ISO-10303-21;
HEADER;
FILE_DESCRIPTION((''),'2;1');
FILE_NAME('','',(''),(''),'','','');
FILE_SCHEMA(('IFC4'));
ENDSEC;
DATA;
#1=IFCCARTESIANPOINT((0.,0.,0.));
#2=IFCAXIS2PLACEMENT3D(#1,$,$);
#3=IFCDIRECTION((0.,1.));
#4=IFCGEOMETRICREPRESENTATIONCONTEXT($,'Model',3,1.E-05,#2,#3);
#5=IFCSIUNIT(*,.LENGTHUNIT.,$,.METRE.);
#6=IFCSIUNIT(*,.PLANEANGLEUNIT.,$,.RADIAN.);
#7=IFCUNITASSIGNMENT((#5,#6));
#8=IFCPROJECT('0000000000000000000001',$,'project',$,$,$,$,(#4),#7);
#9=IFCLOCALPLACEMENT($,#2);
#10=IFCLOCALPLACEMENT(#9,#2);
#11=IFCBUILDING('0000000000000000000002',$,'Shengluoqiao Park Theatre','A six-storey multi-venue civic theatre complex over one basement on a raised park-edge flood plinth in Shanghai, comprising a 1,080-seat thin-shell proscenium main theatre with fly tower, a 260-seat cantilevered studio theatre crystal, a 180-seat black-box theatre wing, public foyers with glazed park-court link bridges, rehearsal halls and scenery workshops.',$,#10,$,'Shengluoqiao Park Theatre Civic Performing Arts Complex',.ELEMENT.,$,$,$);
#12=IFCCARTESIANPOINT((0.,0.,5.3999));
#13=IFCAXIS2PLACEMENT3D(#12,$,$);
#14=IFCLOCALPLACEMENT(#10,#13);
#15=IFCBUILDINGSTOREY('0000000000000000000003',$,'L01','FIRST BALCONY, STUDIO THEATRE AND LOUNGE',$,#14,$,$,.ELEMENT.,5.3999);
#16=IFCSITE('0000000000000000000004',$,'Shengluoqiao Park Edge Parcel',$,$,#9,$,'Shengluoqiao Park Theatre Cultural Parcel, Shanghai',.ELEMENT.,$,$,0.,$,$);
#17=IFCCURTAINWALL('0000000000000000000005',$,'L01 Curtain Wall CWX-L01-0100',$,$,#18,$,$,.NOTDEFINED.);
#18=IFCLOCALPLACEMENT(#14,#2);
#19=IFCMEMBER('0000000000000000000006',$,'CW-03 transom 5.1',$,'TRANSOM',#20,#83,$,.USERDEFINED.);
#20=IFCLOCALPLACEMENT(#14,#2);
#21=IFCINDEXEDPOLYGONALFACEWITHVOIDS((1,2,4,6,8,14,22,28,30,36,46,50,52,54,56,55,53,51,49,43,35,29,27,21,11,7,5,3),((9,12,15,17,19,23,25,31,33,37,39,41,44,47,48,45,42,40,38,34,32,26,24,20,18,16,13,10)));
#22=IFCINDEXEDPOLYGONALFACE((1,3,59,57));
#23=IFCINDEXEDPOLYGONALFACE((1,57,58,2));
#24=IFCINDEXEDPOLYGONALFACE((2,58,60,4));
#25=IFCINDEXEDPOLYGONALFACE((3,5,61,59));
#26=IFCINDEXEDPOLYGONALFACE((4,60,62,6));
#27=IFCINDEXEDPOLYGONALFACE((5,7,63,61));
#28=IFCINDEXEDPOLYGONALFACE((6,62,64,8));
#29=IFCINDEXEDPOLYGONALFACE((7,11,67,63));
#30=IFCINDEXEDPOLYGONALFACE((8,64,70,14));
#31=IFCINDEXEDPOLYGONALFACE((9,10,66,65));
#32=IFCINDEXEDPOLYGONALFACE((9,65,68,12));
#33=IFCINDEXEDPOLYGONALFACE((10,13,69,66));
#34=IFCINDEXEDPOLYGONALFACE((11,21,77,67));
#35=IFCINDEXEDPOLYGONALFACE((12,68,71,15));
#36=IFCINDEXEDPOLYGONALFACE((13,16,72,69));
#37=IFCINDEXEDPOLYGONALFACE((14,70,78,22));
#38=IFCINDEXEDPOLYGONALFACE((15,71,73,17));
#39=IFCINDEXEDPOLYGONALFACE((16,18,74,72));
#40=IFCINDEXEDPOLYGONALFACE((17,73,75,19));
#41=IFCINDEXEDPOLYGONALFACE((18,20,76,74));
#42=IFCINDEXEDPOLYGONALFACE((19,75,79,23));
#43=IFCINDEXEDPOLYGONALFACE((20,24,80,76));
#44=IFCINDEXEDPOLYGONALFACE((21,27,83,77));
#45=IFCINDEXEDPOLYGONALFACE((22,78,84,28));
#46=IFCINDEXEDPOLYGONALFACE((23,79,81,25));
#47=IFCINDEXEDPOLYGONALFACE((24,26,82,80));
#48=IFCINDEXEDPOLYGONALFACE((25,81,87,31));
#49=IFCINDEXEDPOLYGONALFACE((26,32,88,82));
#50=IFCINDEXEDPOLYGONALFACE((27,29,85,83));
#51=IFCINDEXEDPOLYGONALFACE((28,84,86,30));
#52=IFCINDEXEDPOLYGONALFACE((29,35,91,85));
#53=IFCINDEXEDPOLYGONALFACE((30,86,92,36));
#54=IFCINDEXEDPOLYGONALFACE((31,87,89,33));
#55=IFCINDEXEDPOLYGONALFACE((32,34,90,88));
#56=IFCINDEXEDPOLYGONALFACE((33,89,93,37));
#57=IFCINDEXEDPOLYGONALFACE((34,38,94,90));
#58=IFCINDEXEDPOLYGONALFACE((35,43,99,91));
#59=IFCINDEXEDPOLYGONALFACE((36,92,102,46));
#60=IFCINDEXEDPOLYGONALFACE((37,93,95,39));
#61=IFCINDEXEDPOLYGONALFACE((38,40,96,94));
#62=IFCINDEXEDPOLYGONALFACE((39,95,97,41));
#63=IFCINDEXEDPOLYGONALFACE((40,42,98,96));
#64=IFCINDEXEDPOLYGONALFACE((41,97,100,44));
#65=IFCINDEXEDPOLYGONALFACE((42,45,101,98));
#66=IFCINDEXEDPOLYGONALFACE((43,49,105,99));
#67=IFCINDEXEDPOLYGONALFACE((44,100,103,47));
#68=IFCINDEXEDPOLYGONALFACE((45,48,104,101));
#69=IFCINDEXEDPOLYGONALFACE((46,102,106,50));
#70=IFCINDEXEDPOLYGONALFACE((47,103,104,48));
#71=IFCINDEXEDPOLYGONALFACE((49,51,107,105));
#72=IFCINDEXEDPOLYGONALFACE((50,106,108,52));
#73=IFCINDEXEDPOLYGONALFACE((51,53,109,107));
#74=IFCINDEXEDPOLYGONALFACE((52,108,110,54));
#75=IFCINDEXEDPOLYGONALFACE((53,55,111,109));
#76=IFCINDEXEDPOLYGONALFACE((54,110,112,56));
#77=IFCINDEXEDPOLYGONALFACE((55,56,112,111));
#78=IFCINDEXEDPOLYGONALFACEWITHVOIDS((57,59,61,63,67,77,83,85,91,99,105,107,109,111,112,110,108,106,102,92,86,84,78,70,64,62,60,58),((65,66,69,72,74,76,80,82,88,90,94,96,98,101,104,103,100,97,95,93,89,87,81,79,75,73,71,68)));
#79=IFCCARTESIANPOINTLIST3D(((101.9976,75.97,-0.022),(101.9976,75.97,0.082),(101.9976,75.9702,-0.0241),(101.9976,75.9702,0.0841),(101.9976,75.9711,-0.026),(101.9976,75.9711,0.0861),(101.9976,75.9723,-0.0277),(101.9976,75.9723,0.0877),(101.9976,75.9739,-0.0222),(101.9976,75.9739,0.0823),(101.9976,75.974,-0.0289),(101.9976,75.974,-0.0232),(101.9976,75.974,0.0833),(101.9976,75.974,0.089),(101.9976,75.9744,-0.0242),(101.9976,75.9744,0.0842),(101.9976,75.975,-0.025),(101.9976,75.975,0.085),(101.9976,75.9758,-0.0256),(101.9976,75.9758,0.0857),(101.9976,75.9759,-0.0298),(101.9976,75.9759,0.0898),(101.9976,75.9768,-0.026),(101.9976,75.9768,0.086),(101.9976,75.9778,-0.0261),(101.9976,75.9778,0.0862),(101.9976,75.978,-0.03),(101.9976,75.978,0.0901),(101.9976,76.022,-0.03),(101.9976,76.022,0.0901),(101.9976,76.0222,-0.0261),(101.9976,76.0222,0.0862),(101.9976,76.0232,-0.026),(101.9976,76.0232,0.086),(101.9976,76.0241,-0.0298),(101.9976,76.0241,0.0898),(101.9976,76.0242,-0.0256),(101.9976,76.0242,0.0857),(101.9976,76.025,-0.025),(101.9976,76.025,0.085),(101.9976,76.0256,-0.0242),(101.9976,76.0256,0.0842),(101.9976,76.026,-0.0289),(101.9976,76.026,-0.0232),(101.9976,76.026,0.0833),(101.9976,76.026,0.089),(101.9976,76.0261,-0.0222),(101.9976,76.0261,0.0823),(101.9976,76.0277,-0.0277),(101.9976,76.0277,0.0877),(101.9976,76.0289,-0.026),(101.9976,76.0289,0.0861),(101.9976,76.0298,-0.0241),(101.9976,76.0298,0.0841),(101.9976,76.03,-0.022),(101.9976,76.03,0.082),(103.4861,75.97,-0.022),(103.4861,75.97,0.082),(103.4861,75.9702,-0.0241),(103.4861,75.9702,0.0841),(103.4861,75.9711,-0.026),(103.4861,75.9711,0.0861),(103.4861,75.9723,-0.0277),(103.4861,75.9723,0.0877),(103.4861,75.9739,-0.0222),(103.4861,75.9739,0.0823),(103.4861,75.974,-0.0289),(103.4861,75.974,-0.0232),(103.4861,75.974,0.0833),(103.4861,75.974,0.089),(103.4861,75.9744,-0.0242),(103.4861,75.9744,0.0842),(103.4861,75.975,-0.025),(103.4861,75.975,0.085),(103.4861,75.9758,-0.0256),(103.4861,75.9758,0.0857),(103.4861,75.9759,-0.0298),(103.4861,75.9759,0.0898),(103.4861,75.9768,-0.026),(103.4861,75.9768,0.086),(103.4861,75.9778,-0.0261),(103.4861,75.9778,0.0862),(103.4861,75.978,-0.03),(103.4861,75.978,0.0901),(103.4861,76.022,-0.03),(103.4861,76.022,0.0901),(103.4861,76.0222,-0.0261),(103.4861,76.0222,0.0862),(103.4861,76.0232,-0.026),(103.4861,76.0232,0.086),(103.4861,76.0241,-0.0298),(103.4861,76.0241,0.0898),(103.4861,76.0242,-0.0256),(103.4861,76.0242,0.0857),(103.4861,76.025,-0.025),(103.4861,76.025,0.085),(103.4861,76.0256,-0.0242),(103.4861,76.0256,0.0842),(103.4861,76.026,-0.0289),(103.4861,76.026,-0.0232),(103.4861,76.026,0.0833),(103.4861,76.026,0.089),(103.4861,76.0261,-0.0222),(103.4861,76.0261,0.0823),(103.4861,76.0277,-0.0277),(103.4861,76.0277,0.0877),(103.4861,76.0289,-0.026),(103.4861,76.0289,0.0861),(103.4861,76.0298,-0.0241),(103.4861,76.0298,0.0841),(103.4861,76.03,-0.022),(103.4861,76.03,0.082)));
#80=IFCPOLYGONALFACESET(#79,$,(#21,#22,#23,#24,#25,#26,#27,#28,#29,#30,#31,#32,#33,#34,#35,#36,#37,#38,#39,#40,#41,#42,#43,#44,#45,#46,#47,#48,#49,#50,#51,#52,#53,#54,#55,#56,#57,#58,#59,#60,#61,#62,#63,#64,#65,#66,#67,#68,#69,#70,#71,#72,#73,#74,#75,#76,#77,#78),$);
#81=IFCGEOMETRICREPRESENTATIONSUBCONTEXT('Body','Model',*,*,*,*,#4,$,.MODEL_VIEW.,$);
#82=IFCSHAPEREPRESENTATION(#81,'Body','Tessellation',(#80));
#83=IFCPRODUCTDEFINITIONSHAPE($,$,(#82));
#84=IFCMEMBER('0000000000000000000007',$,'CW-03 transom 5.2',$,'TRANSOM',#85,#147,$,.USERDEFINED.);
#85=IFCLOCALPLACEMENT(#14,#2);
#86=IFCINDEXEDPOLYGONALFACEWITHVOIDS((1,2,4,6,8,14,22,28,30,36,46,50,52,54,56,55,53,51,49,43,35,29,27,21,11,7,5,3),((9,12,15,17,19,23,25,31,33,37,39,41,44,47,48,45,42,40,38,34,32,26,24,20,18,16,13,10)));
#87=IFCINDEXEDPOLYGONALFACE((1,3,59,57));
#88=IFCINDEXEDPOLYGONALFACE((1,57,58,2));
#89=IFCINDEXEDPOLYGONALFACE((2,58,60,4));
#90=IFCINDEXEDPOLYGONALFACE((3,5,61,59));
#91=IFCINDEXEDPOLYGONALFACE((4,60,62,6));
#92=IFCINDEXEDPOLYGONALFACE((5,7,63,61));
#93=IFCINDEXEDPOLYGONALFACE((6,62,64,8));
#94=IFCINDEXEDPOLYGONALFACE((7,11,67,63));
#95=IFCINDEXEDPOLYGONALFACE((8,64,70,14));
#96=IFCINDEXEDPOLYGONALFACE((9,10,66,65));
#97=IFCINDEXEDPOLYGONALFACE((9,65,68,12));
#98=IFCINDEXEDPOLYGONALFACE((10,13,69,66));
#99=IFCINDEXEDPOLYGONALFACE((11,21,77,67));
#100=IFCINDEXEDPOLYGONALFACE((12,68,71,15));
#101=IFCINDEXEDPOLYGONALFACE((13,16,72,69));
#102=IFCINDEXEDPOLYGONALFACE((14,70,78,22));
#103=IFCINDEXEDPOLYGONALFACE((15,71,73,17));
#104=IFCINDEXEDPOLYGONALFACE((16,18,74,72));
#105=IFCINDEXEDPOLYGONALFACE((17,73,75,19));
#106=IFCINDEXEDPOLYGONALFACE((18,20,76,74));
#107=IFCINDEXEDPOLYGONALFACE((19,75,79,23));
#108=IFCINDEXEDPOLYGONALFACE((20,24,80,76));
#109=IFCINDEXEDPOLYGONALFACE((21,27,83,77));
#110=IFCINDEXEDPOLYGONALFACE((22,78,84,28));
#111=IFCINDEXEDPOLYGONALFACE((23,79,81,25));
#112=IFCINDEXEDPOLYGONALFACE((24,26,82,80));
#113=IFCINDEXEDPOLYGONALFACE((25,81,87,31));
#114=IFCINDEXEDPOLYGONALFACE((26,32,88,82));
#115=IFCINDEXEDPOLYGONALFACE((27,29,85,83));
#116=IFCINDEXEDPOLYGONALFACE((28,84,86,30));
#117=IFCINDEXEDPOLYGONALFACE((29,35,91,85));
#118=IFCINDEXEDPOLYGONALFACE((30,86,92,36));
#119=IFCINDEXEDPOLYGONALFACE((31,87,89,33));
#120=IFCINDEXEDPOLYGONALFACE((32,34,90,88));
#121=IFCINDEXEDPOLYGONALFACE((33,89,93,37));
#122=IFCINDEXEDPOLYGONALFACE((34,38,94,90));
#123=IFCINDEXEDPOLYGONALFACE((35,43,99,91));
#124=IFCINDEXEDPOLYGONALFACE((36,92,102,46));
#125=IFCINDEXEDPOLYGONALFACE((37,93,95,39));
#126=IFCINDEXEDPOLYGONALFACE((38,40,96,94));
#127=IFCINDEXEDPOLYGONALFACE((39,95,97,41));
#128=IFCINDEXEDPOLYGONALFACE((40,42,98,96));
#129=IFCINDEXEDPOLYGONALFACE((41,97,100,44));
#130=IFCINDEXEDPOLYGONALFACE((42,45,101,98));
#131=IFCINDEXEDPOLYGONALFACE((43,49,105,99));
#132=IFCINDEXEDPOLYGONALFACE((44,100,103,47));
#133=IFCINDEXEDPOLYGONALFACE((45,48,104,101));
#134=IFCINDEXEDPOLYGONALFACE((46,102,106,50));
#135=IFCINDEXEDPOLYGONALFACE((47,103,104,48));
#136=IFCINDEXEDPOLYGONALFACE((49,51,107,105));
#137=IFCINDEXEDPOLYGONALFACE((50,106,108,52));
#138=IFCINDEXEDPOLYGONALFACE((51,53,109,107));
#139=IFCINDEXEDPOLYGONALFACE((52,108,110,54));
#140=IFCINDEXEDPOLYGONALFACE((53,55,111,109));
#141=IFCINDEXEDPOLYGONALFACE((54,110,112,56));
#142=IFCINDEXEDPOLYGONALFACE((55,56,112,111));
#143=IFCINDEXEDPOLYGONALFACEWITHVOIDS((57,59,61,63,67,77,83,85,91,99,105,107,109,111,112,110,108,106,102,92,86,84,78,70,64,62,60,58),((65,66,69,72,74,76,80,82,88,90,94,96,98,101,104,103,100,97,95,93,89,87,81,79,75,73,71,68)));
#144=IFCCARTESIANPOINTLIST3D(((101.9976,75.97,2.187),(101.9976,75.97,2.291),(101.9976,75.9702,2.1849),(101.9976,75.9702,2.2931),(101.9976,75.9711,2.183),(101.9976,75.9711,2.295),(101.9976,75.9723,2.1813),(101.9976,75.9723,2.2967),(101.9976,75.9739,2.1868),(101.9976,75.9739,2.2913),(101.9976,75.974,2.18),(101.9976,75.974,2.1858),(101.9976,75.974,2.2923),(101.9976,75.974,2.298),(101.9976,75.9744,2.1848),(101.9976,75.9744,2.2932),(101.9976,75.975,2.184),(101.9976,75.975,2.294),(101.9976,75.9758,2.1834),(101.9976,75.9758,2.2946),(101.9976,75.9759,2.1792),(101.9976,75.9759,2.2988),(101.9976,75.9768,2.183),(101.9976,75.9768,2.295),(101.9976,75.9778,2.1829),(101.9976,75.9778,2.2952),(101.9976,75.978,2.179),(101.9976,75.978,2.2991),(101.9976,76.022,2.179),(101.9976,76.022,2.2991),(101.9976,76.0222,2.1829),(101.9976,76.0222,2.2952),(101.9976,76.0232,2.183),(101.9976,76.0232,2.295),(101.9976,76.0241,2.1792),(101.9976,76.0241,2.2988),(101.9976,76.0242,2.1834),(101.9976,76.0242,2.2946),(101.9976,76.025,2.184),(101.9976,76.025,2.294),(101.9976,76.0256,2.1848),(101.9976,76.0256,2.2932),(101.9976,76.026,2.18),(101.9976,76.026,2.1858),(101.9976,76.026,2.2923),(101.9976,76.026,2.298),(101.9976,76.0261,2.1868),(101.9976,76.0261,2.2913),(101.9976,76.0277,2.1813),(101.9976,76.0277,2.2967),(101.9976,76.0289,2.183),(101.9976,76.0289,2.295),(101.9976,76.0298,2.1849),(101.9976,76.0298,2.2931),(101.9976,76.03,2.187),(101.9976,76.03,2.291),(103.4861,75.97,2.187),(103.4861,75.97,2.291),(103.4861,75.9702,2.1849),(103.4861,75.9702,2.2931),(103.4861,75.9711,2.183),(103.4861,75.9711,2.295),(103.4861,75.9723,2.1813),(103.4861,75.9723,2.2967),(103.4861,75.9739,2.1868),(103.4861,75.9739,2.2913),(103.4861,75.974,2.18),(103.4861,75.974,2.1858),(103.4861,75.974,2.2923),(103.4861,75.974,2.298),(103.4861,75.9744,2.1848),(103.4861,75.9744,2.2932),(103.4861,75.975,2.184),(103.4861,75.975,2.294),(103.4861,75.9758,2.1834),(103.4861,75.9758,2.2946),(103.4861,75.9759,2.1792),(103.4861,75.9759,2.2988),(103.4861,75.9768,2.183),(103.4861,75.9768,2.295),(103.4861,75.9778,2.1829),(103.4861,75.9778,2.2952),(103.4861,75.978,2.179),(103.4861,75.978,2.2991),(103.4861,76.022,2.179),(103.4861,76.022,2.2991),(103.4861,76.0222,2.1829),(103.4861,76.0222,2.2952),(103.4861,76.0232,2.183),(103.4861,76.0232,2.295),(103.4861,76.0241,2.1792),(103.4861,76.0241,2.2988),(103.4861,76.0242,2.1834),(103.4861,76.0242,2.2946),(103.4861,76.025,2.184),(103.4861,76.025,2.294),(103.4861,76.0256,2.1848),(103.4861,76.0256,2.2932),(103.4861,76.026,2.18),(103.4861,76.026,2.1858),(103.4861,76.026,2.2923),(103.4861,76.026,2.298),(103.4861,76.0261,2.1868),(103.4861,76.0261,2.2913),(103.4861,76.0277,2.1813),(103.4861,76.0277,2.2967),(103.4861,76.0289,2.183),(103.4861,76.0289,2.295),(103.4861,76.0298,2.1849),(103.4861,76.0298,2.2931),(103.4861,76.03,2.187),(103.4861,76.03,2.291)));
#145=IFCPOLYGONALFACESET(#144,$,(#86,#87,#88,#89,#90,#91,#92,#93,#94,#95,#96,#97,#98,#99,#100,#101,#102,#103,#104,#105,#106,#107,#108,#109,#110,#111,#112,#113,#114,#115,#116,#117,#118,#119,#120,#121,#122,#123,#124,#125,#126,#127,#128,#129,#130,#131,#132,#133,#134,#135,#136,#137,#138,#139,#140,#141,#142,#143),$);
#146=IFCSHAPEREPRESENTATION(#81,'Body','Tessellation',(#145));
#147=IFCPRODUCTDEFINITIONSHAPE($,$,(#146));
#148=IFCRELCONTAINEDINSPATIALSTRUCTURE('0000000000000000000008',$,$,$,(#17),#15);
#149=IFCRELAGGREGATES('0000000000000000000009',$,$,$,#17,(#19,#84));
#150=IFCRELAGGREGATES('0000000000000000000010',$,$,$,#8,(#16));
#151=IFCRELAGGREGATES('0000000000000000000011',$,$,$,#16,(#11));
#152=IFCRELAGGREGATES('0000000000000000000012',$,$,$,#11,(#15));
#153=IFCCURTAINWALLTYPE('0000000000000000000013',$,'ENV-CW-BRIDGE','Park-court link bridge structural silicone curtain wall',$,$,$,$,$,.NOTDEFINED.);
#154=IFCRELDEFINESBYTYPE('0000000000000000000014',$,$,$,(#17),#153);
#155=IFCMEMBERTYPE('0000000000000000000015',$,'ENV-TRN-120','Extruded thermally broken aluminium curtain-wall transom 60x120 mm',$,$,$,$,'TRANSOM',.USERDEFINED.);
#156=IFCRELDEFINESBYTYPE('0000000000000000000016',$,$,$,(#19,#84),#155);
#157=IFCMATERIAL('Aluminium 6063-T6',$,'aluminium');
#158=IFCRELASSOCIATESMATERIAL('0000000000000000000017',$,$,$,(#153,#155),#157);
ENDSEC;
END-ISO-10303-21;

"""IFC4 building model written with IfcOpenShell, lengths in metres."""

from ifc_helpers import new_model, si_unit, direction, frame, origin, origin_2d, place, context, subcontext, project, spatial, hollow_rectangle, extrude, material, material_profile, profile_set, type_object, element, aggregate, save


model = new_model("IFC4")

# Units and contexts
model_context = context("Model", 3, precision=1e-05, world=origin(), true_north=direction((0.0, 1.0)))
body_context = subcontext(model_context, "Body", "Model", "MODEL_VIEW")
ifc_project = project(units=[si_unit("LENGTHUNIT", "METRE"), si_unit("PLANEANGLEUNIT", "RADIAN")], contexts=[model_context])

# Site, building, storey
site_placement = place(None, origin())
site = spatial("IfcSite", under=ifc_project, at=site_placement, Name="Shengluoqiao Park Edge Parcel", LongName="Shengluoqiao Park Theatre Cultural Parcel, Shanghai", CompositionType="ELEMENT", RefElevation=0.0)
building_placement = place(site_placement, origin())
building = spatial("IfcBuilding", under=site, at=building_placement, Name="Shengluoqiao Park Theatre", Description="A six-storey multi-venue civic theatre complex over one basement on a raised park-edge flood plinth in Shanghai, comprising a 1,080-seat thin-shell proscenium main theatre with fly tower, a 260-seat cantilevered studio theatre crystal, a 180-seat black-box theatre wing, public foyers with glazed park-court link bridges, rehearsal halls and scenery workshops.", LongName="Shengluoqiao Park Theatre Civic Performing Arts Complex", CompositionType="ELEMENT")
storey_placement = place(building_placement, frame((0.0, 0.0, 5.3999)))
storey = spatial("IfcBuildingStorey", under=building, at=storey_placement, Name="L01", Description="FIRST BALCONY, STUDIO THEATRE AND LOUNGE", CompositionType="ELEMENT", Elevation=5.3999)

# Curtain wall
ifc_material_1 = material(Name="Aluminium 6063-T6", Category="aluminium")
curtain_wall_type = type_object("IfcCurtainWallType", Name="ENV-CW-BRIDGE", Description="Park-court link bridge structural silicone curtain wall", PredefinedType="NOTDEFINED", material=ifc_material_1)
curtain_wall_1_placement = place(storey_placement, origin())
curtain_wall_1 = element("IfcCurtainWall", 1, at=curtain_wall_1_placement, inside=storey, type_object=curtain_wall_type, Name="L01 Curtain Wall CWX-L01-0100", PredefinedType="NOTDEFINED")

# Members
ifc_material_profile_1 = material_profile(ifc_material_1, hollow_rectangle(XDim=0.0601, YDim=0.1201, WallThickness=0.0039, InnerFilletRadius=0.0039, OuterFilletRadius=0.0081, at=origin_2d()), Name="ALU TRANSOM 120x60x4")
ifc_profile_set_1 = profile_set([ifc_material_profile_1], Name="Aluminium 6063-T6")
member_type_1 = type_object("IfcMemberType", Name="ENV-TRN-120", Description="Extruded thermally broken aluminium curtain-wall transom 60x120 mm", ElementType="TRANSOM", PredefinedType="USERDEFINED", material=ifc_profile_set_1)
member_1_placement = place(storey_placement, frame((101.9976, 76.0, 0.03), z_axis=(1.0, 0.0, 0.0), x_axis=(0.0, 1.0, 0.0)))
member_1 = element("IfcMember", 2, at=member_1_placement, type_object=member_type_1, Name="CW-03 transom 5.1", ObjectType="TRANSOM", PredefinedType="USERDEFINED", context=body_context, shape_type="SweptSolid", body=[
    extrude(hollow_rectangle(XDim=0.0601, YDim=0.1201, WallThickness=0.0039, InnerFilletRadius=0.0039, OuterFilletRadius=0.0081, at=origin_2d()), origin(), (0.0, 0.0, 1.0), 1.4885),
])
member_2_placement = place(storey_placement, frame((101.9976, 76.0, 2.239), z_axis=(1.0, 0.0, 0.0), x_axis=(0.0, 1.0, 0.0)))
member_2 = element("IfcMember", 3, at=member_2_placement, type_object=member_type_1, Name="CW-03 transom 5.2", ObjectType="TRANSOM", PredefinedType="USERDEFINED", context=body_context, shape_type="SweptSolid", body=[
    extrude(hollow_rectangle(XDim=0.0601, YDim=0.1201, WallThickness=0.0039, InnerFilletRadius=0.0039, OuterFilletRadius=0.0081, at=origin_2d()), origin(), (0.0, 0.0, 1.0), 1.4885),
])

aggregate(curtain_wall_1, [member_1, member_2])

save(model, "model.ifc")
